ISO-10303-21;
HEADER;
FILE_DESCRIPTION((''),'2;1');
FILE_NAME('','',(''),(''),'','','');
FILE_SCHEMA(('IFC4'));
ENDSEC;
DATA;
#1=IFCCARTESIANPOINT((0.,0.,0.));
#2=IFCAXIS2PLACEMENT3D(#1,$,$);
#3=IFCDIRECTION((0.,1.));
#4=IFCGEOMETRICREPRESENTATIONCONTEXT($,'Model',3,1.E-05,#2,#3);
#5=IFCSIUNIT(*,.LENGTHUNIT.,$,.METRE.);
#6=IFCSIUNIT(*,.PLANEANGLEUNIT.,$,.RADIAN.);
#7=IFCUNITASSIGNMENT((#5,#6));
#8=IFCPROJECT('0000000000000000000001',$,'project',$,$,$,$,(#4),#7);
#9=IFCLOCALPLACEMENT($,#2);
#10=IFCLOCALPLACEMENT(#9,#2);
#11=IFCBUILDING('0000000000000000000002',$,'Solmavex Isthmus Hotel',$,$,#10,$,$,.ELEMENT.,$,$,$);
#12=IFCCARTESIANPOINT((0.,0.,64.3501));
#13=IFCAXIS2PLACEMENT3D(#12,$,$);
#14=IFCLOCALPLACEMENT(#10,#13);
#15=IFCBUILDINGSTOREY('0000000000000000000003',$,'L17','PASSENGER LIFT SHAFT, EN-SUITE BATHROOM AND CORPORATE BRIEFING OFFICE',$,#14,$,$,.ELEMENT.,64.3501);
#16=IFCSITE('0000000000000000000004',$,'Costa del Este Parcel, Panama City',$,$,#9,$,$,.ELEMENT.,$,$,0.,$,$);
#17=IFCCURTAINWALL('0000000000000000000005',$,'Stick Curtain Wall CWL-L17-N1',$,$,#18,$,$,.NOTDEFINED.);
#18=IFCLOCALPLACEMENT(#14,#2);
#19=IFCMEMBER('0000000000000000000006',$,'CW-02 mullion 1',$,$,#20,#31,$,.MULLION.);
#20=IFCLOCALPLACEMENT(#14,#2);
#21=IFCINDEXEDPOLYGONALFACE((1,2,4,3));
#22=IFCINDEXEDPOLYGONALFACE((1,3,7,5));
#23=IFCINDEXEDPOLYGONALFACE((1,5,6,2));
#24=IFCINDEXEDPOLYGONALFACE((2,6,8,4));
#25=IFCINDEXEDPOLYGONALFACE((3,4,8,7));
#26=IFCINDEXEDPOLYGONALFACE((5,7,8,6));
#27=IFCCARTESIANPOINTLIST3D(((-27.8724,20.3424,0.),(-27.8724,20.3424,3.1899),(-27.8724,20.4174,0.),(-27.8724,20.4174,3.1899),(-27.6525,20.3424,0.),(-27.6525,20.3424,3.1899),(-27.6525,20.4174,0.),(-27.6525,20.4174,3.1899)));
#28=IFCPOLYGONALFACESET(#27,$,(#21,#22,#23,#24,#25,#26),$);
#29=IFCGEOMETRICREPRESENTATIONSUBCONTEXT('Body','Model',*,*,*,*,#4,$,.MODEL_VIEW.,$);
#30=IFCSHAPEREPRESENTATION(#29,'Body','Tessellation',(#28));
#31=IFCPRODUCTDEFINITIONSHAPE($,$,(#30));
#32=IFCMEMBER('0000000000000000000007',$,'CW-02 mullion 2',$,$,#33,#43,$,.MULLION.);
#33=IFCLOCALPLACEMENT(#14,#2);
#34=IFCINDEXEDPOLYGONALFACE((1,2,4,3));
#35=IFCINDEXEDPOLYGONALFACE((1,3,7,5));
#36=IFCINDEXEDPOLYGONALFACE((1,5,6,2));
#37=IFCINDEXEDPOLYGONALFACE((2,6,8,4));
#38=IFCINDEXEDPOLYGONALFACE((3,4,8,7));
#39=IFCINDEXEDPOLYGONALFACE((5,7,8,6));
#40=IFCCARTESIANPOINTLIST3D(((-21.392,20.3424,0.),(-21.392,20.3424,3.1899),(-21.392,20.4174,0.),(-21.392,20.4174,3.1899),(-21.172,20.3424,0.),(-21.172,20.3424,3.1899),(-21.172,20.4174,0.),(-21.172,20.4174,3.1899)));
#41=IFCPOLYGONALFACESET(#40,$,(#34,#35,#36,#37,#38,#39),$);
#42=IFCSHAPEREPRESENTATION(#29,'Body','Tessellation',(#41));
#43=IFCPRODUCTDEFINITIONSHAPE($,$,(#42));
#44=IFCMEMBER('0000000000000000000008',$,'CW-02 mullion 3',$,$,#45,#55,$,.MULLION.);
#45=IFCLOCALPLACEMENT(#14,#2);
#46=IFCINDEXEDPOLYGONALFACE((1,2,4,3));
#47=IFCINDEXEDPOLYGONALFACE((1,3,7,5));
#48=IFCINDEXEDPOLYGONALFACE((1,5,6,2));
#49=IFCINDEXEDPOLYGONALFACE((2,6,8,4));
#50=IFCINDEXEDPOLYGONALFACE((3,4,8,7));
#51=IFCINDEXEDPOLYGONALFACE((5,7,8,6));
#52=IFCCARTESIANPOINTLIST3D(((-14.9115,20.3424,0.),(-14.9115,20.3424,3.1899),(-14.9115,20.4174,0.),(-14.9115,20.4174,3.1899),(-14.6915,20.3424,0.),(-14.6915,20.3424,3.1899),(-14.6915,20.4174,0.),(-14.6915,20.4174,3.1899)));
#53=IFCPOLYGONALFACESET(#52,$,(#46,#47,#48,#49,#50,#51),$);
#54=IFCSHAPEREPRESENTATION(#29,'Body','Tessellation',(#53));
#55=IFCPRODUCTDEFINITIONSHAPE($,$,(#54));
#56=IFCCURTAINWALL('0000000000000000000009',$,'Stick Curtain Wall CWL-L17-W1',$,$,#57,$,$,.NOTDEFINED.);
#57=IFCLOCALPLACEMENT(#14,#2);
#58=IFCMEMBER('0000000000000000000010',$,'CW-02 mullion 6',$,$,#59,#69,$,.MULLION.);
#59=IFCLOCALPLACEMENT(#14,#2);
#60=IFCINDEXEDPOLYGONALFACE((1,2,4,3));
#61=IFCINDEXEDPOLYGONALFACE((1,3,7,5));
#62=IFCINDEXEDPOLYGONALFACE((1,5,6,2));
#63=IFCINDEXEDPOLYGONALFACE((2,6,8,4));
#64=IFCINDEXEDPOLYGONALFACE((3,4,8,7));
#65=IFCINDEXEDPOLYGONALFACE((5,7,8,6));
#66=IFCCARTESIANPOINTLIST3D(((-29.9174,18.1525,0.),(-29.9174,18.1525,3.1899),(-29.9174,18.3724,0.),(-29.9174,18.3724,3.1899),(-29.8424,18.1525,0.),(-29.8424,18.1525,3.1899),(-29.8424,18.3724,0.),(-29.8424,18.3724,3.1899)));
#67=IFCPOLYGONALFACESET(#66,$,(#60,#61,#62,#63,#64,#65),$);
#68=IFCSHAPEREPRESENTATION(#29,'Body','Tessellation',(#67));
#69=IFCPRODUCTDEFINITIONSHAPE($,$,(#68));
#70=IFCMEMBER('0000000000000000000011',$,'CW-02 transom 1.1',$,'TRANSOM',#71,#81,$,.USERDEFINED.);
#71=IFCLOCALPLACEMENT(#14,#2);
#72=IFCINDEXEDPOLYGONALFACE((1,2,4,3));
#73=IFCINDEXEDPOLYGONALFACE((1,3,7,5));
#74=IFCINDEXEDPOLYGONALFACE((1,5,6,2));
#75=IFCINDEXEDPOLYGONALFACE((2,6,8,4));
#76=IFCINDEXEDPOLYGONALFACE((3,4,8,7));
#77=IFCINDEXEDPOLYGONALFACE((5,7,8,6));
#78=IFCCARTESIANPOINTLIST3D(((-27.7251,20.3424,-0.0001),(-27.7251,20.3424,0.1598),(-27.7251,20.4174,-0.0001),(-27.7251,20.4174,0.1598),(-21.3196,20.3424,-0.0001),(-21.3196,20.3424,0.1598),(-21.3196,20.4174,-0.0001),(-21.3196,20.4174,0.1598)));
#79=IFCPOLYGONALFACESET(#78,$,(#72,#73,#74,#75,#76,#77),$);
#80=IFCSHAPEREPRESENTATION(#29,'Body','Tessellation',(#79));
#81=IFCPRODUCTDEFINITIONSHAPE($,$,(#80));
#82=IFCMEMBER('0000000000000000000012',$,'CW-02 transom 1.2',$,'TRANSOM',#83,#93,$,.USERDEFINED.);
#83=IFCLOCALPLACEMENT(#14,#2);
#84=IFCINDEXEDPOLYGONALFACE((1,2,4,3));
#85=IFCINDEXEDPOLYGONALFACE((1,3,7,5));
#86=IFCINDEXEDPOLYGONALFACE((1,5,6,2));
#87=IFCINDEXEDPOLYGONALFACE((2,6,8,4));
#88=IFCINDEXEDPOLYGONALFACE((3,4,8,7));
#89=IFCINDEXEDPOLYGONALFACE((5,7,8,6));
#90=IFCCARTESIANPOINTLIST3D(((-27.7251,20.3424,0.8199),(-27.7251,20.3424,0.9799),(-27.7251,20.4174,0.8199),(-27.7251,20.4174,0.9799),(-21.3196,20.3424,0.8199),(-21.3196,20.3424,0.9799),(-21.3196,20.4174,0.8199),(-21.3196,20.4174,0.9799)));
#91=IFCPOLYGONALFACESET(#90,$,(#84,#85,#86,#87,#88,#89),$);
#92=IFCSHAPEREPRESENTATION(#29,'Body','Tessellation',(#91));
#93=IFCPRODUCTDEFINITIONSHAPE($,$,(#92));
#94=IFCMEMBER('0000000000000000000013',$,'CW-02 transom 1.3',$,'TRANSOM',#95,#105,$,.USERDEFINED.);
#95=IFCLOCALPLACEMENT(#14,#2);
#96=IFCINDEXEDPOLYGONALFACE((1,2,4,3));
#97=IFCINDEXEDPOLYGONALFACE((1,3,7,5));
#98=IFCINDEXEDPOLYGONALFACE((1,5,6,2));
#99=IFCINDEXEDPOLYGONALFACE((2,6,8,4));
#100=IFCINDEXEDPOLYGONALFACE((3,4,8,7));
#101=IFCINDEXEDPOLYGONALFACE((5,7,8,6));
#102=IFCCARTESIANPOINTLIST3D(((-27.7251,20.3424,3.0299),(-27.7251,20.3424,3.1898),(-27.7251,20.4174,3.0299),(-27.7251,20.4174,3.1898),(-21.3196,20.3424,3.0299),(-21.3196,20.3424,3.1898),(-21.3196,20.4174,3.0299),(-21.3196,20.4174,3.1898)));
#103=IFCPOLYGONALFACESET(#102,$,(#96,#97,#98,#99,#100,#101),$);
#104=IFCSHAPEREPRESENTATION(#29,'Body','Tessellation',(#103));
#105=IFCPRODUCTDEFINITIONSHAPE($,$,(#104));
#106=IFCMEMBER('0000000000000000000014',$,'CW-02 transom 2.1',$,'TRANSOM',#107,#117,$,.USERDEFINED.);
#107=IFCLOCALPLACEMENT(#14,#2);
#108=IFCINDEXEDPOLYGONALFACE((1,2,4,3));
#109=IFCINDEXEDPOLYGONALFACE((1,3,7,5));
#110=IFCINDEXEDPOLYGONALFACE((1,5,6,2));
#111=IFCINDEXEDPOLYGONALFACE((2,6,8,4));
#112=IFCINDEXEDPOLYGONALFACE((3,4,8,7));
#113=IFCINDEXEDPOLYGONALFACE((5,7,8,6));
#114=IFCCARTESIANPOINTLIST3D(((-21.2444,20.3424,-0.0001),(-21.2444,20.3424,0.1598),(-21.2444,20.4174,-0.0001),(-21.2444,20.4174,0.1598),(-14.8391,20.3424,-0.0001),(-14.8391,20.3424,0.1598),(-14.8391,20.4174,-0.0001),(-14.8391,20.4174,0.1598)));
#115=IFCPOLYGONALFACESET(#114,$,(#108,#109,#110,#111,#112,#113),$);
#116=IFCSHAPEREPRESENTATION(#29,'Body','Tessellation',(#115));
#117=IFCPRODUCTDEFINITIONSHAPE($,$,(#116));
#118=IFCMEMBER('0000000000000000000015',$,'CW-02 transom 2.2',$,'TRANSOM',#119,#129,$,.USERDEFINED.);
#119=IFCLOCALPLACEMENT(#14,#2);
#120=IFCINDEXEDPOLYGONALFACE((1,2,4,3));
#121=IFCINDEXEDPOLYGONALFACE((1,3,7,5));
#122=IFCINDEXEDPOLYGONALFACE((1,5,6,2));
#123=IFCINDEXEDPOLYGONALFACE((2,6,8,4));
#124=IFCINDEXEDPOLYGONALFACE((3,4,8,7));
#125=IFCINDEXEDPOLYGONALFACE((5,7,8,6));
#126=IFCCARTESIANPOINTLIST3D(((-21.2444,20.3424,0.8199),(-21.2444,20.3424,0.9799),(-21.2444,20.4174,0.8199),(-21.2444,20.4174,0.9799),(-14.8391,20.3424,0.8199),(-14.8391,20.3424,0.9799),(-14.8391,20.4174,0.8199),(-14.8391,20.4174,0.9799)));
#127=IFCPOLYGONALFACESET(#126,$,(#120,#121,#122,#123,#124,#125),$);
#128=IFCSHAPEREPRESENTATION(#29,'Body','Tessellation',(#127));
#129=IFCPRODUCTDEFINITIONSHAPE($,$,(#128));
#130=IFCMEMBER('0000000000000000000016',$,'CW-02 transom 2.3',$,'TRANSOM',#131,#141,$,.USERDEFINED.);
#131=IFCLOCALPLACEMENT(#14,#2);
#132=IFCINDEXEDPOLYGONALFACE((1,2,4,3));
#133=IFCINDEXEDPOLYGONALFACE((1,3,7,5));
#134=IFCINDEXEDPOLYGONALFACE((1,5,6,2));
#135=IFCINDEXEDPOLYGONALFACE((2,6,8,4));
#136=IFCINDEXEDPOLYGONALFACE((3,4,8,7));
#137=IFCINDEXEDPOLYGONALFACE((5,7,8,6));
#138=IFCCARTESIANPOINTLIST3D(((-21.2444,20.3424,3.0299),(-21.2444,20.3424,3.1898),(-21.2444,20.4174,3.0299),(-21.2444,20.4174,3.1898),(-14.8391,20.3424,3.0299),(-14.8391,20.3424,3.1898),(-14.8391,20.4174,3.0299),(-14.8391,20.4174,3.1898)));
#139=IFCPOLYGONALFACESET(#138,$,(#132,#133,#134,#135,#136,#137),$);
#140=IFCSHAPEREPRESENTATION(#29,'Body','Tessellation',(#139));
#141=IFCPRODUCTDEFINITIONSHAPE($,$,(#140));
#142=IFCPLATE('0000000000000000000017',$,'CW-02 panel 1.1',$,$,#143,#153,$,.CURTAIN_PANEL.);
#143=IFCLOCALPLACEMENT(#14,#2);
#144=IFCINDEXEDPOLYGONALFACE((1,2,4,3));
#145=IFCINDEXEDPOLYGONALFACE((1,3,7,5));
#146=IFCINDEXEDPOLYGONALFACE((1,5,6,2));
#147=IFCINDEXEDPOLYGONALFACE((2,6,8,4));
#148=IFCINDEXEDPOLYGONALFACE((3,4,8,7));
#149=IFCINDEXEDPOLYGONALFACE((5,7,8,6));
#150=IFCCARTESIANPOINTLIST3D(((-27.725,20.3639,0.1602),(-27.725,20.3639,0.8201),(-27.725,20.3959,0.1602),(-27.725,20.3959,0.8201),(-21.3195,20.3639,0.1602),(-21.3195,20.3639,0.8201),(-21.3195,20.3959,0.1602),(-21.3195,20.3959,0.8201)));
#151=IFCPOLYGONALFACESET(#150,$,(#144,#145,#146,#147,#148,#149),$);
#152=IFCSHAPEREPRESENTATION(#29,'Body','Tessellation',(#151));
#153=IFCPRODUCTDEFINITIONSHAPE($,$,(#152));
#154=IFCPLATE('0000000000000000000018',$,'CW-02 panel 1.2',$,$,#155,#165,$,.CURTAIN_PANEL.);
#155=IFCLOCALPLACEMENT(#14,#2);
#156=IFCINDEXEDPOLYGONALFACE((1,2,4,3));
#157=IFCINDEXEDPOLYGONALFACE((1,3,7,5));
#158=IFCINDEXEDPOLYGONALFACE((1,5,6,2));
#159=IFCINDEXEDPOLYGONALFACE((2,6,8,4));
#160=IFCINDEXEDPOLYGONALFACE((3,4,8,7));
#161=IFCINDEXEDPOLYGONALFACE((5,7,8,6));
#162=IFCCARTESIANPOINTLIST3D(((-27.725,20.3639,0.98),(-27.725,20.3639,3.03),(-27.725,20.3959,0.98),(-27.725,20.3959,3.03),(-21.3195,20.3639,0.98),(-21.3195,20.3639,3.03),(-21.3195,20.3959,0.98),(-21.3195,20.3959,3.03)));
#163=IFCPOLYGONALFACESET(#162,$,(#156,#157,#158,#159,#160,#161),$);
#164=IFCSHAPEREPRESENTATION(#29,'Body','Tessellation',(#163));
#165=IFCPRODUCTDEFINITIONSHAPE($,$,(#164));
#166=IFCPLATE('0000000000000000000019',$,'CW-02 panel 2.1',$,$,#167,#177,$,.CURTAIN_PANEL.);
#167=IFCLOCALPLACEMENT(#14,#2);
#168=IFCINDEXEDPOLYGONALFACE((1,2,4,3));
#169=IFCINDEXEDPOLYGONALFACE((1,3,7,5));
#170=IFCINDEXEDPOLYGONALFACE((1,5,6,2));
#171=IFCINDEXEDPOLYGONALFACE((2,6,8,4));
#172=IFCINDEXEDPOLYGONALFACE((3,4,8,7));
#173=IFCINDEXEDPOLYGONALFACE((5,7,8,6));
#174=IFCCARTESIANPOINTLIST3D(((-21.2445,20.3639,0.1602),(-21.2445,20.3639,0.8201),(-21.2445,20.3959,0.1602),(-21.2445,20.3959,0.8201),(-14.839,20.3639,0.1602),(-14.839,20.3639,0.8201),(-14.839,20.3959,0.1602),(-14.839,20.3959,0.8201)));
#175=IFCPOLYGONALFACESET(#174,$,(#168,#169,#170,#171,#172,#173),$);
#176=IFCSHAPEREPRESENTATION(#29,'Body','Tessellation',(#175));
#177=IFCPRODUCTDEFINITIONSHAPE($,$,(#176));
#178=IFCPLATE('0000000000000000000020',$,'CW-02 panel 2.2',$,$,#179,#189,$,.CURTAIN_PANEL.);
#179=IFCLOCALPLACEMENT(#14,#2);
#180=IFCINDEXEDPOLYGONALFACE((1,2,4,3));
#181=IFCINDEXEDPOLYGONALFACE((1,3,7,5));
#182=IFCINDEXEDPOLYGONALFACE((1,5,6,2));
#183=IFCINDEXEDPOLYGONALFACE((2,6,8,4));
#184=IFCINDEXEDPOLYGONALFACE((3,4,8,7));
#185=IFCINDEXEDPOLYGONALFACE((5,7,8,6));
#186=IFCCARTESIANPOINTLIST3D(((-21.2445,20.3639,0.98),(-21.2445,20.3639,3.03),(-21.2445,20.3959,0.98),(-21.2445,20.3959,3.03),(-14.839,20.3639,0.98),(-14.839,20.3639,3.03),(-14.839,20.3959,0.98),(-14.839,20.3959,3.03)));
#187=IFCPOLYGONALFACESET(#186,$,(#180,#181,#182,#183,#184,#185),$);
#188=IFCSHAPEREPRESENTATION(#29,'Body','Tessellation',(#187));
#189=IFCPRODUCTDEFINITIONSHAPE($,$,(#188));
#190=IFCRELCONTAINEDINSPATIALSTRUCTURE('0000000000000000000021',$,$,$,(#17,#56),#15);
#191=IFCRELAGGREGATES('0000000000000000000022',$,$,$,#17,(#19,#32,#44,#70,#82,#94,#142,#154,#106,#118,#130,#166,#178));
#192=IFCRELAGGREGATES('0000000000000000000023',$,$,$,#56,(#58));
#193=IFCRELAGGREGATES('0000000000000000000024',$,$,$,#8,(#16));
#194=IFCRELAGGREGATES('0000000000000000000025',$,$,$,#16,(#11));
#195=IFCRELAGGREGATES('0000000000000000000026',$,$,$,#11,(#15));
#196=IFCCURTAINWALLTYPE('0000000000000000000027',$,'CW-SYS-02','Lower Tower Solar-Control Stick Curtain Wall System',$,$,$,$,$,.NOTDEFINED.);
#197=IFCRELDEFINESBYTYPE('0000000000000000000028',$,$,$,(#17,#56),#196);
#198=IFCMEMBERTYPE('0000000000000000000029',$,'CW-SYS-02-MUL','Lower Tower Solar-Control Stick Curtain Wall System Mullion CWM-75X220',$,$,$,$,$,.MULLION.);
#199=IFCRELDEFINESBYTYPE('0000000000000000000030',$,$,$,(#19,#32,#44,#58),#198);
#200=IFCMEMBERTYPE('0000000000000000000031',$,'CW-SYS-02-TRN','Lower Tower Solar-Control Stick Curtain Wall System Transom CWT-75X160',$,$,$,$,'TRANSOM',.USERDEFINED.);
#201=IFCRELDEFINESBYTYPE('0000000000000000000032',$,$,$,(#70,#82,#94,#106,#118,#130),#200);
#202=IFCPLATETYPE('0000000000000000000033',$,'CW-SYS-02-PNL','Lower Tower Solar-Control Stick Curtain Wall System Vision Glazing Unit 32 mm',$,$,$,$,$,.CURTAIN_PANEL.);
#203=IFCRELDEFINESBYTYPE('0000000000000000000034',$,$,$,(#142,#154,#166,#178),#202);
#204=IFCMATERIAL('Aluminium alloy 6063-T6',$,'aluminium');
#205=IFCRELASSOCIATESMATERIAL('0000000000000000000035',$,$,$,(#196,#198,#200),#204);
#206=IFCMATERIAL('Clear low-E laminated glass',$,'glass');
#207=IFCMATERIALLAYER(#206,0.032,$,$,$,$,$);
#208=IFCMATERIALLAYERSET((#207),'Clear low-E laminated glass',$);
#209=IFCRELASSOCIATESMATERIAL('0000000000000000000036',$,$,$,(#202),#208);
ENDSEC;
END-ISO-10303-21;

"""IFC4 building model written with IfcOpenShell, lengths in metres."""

from ifc_helpers import new_model, si_unit, direction, frame, origin, origin_2d, place, context, subcontext, project, spatial, rectangle, extrude, material, layer, layer_set, material_profile, profile_set, type_object, element, aggregate, save


model = new_model("IFC4")

# Units and contexts
model_context = context("Model", 3, precision=1e-05, world=origin(), true_north=direction((0.0, 1.0)))
body_context = subcontext(model_context, "Body", "Model", "MODEL_VIEW")
ifc_project = project(units=[si_unit("LENGTHUNIT", "METRE"), si_unit("PLANEANGLEUNIT", "RADIAN")], contexts=[model_context])

# Site, building, storey
site_placement = place(None, origin())
site = spatial("IfcSite", under=ifc_project, at=site_placement, Name="Costa del Este Parcel, Panama City", CompositionType="ELEMENT", RefElevation=0.0)
building_placement = place(site_placement, origin())
building = spatial("IfcBuilding", under=site, at=building_placement, Name="Solmavex Isthmus Hotel", CompositionType="ELEMENT")
storey_placement = place(building_placement, frame((0.0, 0.0, 64.3501)))
storey = spatial("IfcBuildingStorey", under=building, at=storey_placement, Name="L17", Description="PASSENGER LIFT SHAFT, EN-SUITE BATHROOM AND CORPORATE BRIEFING OFFICE", CompositionType="ELEMENT", Elevation=64.3501)

# Curtain wall, members
ifc_material_1 = material(Name="Aluminium alloy 6063-T6", Category="aluminium")
curtain_wall_type = type_object("IfcCurtainWallType", Name="CW-SYS-02", Description="Lower Tower Solar-Control Stick Curtain Wall System", PredefinedType="NOTDEFINED", material=ifc_material_1)
curtain_wall_1_placement = place(storey_placement, origin())
curtain_wall_1 = element("IfcCurtainWall", 1, at=curtain_wall_1_placement, inside=storey, type_object=curtain_wall_type, Name="Stick Curtain Wall CWL-L17-N1", PredefinedType="NOTDEFINED")
ifc_material_profile_1 = material_profile(ifc_material_1, rectangle(XDim=0.075, YDim=0.22, at=origin_2d()), Name="CWM-75X220")
ifc_profile_set_1 = profile_set([ifc_material_profile_1], Name="Aluminium alloy 6063-T6")
member_type_1 = type_object("IfcMemberType", Name="CW-SYS-02-MUL", Description="Lower Tower Solar-Control Stick Curtain Wall System Mullion CWM-75X220", PredefinedType="MULLION", material=ifc_profile_set_1)
member_1_placement = place(storey_placement, frame((-27.7625, 20.3799, 0.0), z_axis=(0.0, 0.0, 1.0), x_axis=(0.0, 1.0, 0.0)))
member_1 = element("IfcMember", 2, at=member_1_placement, type_object=member_type_1, Name="CW-02 mullion 1", PredefinedType="MULLION", context=body_context, shape_type="SweptSolid", body=[
    extrude(rectangle(XDim=0.075, YDim=0.22, at=origin_2d()), origin(), (0.0, 0.0, 1.0), 3.1899),
])
member_2_placement = place(storey_placement, frame((-21.282, 20.3799, 0.0), z_axis=(0.0, 0.0, 1.0), x_axis=(0.0, 1.0, 0.0)))
member_2 = element("IfcMember", 3, at=member_2_placement, type_object=member_type_1, Name="CW-02 mullion 2", PredefinedType="MULLION", context=body_context, shape_type="SweptSolid", body=[
    extrude(rectangle(XDim=0.075, YDim=0.22, at=origin_2d()), origin(), (0.0, 0.0, 1.0), 3.1899),
])
member_3_placement = place(storey_placement, frame((-14.8015, 20.3799, 0.0), z_axis=(0.0, 0.0, 1.0), x_axis=(0.0, 1.0, 0.0)))
member_3 = element("IfcMember", 4, at=member_3_placement, type_object=member_type_1, Name="CW-02 mullion 3", PredefinedType="MULLION", context=body_context, shape_type="SweptSolid", body=[
    extrude(rectangle(XDim=0.075, YDim=0.22, at=origin_2d()), origin(), (0.0, 0.0, 1.0), 3.1899),
])

# Curtain wall, member
curtain_wall_2_placement = place(storey_placement, origin())
curtain_wall_2 = element("IfcCurtainWall", 5, at=curtain_wall_2_placement, inside=storey, type_object=curtain_wall_type, Name="Stick Curtain Wall CWL-L17-W1", PredefinedType="NOTDEFINED")
member_4_placement = place(storey_placement, frame((-29.8799, 18.2625, 0.0), z_axis=(0.0, 0.0, 1.0), x_axis=(-1.0, 0.0, 0.0)))
member_4 = element("IfcMember", 6, at=member_4_placement, type_object=member_type_1, Name="CW-02 mullion 6", PredefinedType="MULLION", context=body_context, shape_type="SweptSolid", body=[
    extrude(rectangle(XDim=0.075, YDim=0.22, at=origin_2d()), origin(), (0.0, 0.0, 1.0), 3.1899),
])

# Members
ifc_material_profile_2 = material_profile(ifc_material_1, rectangle(XDim=0.075, YDim=0.1599, at=origin_2d()), Name="CWT-75X160")
ifc_profile_set_2 = profile_set([ifc_material_profile_2], Name="Aluminium alloy 6063-T6")
member_type_2 = type_object("IfcMemberType", Name="CW-SYS-02-TRN", Description="Lower Tower Solar-Control Stick Curtain Wall System Transom CWT-75X160", ElementType="TRANSOM", PredefinedType="USERDEFINED", material=ifc_profile_set_2)
member_5_placement = place(storey_placement, frame((-27.7251, 20.3799, 0.0798), z_axis=(1.0, 0.0, 0.0), x_axis=(0.0, 1.0, 0.0)))
member_5 = element("IfcMember", 7, at=member_5_placement, type_object=member_type_2, Name="CW-02 transom 1.1", ObjectType="TRANSOM", PredefinedType="USERDEFINED", context=body_context, shape_type="SweptSolid", body=[
    extrude(rectangle(XDim=0.075, YDim=0.1599, at=origin_2d()), origin(), (0.0, 0.0, 1.0), 6.4055),
])
member_6_placement = place(storey_placement, frame((-27.7251, 20.3799, 0.8999), z_axis=(1.0, 0.0, 0.0), x_axis=(0.0, 1.0, 0.0)))
member_6 = element("IfcMember", 8, at=member_6_placement, type_object=member_type_2, Name="CW-02 transom 1.2", ObjectType="TRANSOM", PredefinedType="USERDEFINED", context=body_context, shape_type="SweptSolid", body=[
    extrude(rectangle(XDim=0.075, YDim=0.1599, at=origin_2d()), origin(), (0.0, 0.0, 1.0), 6.4055),
])
member_7_placement = place(storey_placement, frame((-27.7251, 20.3799, 3.1099), z_axis=(1.0, 0.0, 0.0), x_axis=(0.0, 1.0, 0.0)))
member_7 = element("IfcMember", 9, at=member_7_placement, type_object=member_type_2, Name="CW-02 transom 1.3", ObjectType="TRANSOM", PredefinedType="USERDEFINED", context=body_context, shape_type="SweptSolid", body=[
    extrude(rectangle(XDim=0.075, YDim=0.1599, at=origin_2d()), origin(), (0.0, 0.0, 1.0), 6.4055),
])
member_8_placement = place(storey_placement, frame((-21.2444, 20.3799, 0.0798), z_axis=(1.0, 0.0, 0.0), x_axis=(0.0, 1.0, 0.0)))
member_8 = element("IfcMember", 10, at=member_8_placement, type_object=member_type_2, Name="CW-02 transom 2.1", ObjectType="TRANSOM", PredefinedType="USERDEFINED", context=body_context, shape_type="SweptSolid", body=[
    extrude(rectangle(XDim=0.075, YDim=0.1599, at=origin_2d()), origin(), (0.0, 0.0, 1.0), 6.4053),
])
member_9_placement = place(storey_placement, frame((-21.2444, 20.3799, 0.8999), z_axis=(1.0, 0.0, 0.0), x_axis=(0.0, 1.0, 0.0)))
member_9 = element("IfcMember", 11, at=member_9_placement, type_object=member_type_2, Name="CW-02 transom 2.2", ObjectType="TRANSOM", PredefinedType="USERDEFINED", context=body_context, shape_type="SweptSolid", body=[
    extrude(rectangle(XDim=0.075, YDim=0.1599, at=origin_2d()), origin(), (0.0, 0.0, 1.0), 6.4053),
])
member_10_placement = place(storey_placement, frame((-21.2444, 20.3799, 3.1099), z_axis=(1.0, 0.0, 0.0), x_axis=(0.0, 1.0, 0.0)))
member_10 = element("IfcMember", 12, at=member_10_placement, type_object=member_type_2, Name="CW-02 transom 2.3", ObjectType="TRANSOM", PredefinedType="USERDEFINED", context=body_context, shape_type="SweptSolid", body=[
    extrude(rectangle(XDim=0.075, YDim=0.1599, at=origin_2d()), origin(), (0.0, 0.0, 1.0), 6.4053),
])

# Plates
ifc_material_2 = material(Name="Clear low-E laminated glass", Category="glass")
ifc_layer_1 = layer(ifc_material_2, 0.032)
ifc_layer_set_1 = layer_set([ifc_layer_1], Name="Clear low-E laminated glass")
plate_type = type_object("IfcPlateType", Name="CW-SYS-02-PNL", Description="Lower Tower Solar-Control Stick Curtain Wall System Vision Glazing Unit 32 mm", PredefinedType="CURTAIN_PANEL", material=ifc_layer_set_1)
plate_1_placement = place(storey_placement, frame((-24.5222, 20.3799, 0.1602), z_axis=(0.0, 0.0, 1.0), x_axis=(1.0, 0.0, 0.0)))
plate_1 = element("IfcPlate", 13, at=plate_1_placement, type_object=plate_type, Name="CW-02 panel 1.1", PredefinedType="CURTAIN_PANEL", context=body_context, shape_type="SweptSolid", body=[
    extrude(rectangle(XDim=6.4055, YDim=0.032, at=origin_2d()), origin(), (0.0, 0.0, 1.0), 0.6599),
])
plate_2_placement = place(storey_placement, frame((-24.5222, 20.3799, 0.98), z_axis=(0.0, 0.0, 1.0), x_axis=(1.0, 0.0, 0.0)))
plate_2 = element("IfcPlate", 14, at=plate_2_placement, type_object=plate_type, Name="CW-02 panel 1.2", PredefinedType="CURTAIN_PANEL", context=body_context, shape_type="SweptSolid", body=[
    extrude(rectangle(XDim=6.4055, YDim=0.032, at=origin_2d()), origin(), (0.0, 0.0, 1.0), 2.05),
])
plate_3_placement = place(storey_placement, frame((-18.0417, 20.3799, 0.1602), z_axis=(0.0, 0.0, 1.0), x_axis=(1.0, 0.0, 0.0)))
plate_3 = element("IfcPlate", 15, at=plate_3_placement, type_object=plate_type, Name="CW-02 panel 2.1", PredefinedType="CURTAIN_PANEL", context=body_context, shape_type="SweptSolid", body=[
    extrude(rectangle(XDim=6.4055, YDim=0.032, at=origin_2d()), origin(), (0.0, 0.0, 1.0), 0.6599),
])
plate_4_placement = place(storey_placement, frame((-18.0417, 20.3799, 0.98), z_axis=(0.0, 0.0, 1.0), x_axis=(1.0, 0.0, 0.0)))
plate_4 = element("IfcPlate", 16, at=plate_4_placement, type_object=plate_type, Name="CW-02 panel 2.2", PredefinedType="CURTAIN_PANEL", context=body_context, shape_type="SweptSolid", body=[
    extrude(rectangle(XDim=6.4055, YDim=0.032, at=origin_2d()), origin(), (0.0, 0.0, 1.0), 2.05),
])
aggregate(curtain_wall_1, [member_1, member_2, member_3, member_5, member_6, member_7, plate_1, plate_2, member_8, member_9, member_10, plate_3, plate_4])
aggregate(curtain_wall_2, [member_4])

save(model, "model.ifc")
